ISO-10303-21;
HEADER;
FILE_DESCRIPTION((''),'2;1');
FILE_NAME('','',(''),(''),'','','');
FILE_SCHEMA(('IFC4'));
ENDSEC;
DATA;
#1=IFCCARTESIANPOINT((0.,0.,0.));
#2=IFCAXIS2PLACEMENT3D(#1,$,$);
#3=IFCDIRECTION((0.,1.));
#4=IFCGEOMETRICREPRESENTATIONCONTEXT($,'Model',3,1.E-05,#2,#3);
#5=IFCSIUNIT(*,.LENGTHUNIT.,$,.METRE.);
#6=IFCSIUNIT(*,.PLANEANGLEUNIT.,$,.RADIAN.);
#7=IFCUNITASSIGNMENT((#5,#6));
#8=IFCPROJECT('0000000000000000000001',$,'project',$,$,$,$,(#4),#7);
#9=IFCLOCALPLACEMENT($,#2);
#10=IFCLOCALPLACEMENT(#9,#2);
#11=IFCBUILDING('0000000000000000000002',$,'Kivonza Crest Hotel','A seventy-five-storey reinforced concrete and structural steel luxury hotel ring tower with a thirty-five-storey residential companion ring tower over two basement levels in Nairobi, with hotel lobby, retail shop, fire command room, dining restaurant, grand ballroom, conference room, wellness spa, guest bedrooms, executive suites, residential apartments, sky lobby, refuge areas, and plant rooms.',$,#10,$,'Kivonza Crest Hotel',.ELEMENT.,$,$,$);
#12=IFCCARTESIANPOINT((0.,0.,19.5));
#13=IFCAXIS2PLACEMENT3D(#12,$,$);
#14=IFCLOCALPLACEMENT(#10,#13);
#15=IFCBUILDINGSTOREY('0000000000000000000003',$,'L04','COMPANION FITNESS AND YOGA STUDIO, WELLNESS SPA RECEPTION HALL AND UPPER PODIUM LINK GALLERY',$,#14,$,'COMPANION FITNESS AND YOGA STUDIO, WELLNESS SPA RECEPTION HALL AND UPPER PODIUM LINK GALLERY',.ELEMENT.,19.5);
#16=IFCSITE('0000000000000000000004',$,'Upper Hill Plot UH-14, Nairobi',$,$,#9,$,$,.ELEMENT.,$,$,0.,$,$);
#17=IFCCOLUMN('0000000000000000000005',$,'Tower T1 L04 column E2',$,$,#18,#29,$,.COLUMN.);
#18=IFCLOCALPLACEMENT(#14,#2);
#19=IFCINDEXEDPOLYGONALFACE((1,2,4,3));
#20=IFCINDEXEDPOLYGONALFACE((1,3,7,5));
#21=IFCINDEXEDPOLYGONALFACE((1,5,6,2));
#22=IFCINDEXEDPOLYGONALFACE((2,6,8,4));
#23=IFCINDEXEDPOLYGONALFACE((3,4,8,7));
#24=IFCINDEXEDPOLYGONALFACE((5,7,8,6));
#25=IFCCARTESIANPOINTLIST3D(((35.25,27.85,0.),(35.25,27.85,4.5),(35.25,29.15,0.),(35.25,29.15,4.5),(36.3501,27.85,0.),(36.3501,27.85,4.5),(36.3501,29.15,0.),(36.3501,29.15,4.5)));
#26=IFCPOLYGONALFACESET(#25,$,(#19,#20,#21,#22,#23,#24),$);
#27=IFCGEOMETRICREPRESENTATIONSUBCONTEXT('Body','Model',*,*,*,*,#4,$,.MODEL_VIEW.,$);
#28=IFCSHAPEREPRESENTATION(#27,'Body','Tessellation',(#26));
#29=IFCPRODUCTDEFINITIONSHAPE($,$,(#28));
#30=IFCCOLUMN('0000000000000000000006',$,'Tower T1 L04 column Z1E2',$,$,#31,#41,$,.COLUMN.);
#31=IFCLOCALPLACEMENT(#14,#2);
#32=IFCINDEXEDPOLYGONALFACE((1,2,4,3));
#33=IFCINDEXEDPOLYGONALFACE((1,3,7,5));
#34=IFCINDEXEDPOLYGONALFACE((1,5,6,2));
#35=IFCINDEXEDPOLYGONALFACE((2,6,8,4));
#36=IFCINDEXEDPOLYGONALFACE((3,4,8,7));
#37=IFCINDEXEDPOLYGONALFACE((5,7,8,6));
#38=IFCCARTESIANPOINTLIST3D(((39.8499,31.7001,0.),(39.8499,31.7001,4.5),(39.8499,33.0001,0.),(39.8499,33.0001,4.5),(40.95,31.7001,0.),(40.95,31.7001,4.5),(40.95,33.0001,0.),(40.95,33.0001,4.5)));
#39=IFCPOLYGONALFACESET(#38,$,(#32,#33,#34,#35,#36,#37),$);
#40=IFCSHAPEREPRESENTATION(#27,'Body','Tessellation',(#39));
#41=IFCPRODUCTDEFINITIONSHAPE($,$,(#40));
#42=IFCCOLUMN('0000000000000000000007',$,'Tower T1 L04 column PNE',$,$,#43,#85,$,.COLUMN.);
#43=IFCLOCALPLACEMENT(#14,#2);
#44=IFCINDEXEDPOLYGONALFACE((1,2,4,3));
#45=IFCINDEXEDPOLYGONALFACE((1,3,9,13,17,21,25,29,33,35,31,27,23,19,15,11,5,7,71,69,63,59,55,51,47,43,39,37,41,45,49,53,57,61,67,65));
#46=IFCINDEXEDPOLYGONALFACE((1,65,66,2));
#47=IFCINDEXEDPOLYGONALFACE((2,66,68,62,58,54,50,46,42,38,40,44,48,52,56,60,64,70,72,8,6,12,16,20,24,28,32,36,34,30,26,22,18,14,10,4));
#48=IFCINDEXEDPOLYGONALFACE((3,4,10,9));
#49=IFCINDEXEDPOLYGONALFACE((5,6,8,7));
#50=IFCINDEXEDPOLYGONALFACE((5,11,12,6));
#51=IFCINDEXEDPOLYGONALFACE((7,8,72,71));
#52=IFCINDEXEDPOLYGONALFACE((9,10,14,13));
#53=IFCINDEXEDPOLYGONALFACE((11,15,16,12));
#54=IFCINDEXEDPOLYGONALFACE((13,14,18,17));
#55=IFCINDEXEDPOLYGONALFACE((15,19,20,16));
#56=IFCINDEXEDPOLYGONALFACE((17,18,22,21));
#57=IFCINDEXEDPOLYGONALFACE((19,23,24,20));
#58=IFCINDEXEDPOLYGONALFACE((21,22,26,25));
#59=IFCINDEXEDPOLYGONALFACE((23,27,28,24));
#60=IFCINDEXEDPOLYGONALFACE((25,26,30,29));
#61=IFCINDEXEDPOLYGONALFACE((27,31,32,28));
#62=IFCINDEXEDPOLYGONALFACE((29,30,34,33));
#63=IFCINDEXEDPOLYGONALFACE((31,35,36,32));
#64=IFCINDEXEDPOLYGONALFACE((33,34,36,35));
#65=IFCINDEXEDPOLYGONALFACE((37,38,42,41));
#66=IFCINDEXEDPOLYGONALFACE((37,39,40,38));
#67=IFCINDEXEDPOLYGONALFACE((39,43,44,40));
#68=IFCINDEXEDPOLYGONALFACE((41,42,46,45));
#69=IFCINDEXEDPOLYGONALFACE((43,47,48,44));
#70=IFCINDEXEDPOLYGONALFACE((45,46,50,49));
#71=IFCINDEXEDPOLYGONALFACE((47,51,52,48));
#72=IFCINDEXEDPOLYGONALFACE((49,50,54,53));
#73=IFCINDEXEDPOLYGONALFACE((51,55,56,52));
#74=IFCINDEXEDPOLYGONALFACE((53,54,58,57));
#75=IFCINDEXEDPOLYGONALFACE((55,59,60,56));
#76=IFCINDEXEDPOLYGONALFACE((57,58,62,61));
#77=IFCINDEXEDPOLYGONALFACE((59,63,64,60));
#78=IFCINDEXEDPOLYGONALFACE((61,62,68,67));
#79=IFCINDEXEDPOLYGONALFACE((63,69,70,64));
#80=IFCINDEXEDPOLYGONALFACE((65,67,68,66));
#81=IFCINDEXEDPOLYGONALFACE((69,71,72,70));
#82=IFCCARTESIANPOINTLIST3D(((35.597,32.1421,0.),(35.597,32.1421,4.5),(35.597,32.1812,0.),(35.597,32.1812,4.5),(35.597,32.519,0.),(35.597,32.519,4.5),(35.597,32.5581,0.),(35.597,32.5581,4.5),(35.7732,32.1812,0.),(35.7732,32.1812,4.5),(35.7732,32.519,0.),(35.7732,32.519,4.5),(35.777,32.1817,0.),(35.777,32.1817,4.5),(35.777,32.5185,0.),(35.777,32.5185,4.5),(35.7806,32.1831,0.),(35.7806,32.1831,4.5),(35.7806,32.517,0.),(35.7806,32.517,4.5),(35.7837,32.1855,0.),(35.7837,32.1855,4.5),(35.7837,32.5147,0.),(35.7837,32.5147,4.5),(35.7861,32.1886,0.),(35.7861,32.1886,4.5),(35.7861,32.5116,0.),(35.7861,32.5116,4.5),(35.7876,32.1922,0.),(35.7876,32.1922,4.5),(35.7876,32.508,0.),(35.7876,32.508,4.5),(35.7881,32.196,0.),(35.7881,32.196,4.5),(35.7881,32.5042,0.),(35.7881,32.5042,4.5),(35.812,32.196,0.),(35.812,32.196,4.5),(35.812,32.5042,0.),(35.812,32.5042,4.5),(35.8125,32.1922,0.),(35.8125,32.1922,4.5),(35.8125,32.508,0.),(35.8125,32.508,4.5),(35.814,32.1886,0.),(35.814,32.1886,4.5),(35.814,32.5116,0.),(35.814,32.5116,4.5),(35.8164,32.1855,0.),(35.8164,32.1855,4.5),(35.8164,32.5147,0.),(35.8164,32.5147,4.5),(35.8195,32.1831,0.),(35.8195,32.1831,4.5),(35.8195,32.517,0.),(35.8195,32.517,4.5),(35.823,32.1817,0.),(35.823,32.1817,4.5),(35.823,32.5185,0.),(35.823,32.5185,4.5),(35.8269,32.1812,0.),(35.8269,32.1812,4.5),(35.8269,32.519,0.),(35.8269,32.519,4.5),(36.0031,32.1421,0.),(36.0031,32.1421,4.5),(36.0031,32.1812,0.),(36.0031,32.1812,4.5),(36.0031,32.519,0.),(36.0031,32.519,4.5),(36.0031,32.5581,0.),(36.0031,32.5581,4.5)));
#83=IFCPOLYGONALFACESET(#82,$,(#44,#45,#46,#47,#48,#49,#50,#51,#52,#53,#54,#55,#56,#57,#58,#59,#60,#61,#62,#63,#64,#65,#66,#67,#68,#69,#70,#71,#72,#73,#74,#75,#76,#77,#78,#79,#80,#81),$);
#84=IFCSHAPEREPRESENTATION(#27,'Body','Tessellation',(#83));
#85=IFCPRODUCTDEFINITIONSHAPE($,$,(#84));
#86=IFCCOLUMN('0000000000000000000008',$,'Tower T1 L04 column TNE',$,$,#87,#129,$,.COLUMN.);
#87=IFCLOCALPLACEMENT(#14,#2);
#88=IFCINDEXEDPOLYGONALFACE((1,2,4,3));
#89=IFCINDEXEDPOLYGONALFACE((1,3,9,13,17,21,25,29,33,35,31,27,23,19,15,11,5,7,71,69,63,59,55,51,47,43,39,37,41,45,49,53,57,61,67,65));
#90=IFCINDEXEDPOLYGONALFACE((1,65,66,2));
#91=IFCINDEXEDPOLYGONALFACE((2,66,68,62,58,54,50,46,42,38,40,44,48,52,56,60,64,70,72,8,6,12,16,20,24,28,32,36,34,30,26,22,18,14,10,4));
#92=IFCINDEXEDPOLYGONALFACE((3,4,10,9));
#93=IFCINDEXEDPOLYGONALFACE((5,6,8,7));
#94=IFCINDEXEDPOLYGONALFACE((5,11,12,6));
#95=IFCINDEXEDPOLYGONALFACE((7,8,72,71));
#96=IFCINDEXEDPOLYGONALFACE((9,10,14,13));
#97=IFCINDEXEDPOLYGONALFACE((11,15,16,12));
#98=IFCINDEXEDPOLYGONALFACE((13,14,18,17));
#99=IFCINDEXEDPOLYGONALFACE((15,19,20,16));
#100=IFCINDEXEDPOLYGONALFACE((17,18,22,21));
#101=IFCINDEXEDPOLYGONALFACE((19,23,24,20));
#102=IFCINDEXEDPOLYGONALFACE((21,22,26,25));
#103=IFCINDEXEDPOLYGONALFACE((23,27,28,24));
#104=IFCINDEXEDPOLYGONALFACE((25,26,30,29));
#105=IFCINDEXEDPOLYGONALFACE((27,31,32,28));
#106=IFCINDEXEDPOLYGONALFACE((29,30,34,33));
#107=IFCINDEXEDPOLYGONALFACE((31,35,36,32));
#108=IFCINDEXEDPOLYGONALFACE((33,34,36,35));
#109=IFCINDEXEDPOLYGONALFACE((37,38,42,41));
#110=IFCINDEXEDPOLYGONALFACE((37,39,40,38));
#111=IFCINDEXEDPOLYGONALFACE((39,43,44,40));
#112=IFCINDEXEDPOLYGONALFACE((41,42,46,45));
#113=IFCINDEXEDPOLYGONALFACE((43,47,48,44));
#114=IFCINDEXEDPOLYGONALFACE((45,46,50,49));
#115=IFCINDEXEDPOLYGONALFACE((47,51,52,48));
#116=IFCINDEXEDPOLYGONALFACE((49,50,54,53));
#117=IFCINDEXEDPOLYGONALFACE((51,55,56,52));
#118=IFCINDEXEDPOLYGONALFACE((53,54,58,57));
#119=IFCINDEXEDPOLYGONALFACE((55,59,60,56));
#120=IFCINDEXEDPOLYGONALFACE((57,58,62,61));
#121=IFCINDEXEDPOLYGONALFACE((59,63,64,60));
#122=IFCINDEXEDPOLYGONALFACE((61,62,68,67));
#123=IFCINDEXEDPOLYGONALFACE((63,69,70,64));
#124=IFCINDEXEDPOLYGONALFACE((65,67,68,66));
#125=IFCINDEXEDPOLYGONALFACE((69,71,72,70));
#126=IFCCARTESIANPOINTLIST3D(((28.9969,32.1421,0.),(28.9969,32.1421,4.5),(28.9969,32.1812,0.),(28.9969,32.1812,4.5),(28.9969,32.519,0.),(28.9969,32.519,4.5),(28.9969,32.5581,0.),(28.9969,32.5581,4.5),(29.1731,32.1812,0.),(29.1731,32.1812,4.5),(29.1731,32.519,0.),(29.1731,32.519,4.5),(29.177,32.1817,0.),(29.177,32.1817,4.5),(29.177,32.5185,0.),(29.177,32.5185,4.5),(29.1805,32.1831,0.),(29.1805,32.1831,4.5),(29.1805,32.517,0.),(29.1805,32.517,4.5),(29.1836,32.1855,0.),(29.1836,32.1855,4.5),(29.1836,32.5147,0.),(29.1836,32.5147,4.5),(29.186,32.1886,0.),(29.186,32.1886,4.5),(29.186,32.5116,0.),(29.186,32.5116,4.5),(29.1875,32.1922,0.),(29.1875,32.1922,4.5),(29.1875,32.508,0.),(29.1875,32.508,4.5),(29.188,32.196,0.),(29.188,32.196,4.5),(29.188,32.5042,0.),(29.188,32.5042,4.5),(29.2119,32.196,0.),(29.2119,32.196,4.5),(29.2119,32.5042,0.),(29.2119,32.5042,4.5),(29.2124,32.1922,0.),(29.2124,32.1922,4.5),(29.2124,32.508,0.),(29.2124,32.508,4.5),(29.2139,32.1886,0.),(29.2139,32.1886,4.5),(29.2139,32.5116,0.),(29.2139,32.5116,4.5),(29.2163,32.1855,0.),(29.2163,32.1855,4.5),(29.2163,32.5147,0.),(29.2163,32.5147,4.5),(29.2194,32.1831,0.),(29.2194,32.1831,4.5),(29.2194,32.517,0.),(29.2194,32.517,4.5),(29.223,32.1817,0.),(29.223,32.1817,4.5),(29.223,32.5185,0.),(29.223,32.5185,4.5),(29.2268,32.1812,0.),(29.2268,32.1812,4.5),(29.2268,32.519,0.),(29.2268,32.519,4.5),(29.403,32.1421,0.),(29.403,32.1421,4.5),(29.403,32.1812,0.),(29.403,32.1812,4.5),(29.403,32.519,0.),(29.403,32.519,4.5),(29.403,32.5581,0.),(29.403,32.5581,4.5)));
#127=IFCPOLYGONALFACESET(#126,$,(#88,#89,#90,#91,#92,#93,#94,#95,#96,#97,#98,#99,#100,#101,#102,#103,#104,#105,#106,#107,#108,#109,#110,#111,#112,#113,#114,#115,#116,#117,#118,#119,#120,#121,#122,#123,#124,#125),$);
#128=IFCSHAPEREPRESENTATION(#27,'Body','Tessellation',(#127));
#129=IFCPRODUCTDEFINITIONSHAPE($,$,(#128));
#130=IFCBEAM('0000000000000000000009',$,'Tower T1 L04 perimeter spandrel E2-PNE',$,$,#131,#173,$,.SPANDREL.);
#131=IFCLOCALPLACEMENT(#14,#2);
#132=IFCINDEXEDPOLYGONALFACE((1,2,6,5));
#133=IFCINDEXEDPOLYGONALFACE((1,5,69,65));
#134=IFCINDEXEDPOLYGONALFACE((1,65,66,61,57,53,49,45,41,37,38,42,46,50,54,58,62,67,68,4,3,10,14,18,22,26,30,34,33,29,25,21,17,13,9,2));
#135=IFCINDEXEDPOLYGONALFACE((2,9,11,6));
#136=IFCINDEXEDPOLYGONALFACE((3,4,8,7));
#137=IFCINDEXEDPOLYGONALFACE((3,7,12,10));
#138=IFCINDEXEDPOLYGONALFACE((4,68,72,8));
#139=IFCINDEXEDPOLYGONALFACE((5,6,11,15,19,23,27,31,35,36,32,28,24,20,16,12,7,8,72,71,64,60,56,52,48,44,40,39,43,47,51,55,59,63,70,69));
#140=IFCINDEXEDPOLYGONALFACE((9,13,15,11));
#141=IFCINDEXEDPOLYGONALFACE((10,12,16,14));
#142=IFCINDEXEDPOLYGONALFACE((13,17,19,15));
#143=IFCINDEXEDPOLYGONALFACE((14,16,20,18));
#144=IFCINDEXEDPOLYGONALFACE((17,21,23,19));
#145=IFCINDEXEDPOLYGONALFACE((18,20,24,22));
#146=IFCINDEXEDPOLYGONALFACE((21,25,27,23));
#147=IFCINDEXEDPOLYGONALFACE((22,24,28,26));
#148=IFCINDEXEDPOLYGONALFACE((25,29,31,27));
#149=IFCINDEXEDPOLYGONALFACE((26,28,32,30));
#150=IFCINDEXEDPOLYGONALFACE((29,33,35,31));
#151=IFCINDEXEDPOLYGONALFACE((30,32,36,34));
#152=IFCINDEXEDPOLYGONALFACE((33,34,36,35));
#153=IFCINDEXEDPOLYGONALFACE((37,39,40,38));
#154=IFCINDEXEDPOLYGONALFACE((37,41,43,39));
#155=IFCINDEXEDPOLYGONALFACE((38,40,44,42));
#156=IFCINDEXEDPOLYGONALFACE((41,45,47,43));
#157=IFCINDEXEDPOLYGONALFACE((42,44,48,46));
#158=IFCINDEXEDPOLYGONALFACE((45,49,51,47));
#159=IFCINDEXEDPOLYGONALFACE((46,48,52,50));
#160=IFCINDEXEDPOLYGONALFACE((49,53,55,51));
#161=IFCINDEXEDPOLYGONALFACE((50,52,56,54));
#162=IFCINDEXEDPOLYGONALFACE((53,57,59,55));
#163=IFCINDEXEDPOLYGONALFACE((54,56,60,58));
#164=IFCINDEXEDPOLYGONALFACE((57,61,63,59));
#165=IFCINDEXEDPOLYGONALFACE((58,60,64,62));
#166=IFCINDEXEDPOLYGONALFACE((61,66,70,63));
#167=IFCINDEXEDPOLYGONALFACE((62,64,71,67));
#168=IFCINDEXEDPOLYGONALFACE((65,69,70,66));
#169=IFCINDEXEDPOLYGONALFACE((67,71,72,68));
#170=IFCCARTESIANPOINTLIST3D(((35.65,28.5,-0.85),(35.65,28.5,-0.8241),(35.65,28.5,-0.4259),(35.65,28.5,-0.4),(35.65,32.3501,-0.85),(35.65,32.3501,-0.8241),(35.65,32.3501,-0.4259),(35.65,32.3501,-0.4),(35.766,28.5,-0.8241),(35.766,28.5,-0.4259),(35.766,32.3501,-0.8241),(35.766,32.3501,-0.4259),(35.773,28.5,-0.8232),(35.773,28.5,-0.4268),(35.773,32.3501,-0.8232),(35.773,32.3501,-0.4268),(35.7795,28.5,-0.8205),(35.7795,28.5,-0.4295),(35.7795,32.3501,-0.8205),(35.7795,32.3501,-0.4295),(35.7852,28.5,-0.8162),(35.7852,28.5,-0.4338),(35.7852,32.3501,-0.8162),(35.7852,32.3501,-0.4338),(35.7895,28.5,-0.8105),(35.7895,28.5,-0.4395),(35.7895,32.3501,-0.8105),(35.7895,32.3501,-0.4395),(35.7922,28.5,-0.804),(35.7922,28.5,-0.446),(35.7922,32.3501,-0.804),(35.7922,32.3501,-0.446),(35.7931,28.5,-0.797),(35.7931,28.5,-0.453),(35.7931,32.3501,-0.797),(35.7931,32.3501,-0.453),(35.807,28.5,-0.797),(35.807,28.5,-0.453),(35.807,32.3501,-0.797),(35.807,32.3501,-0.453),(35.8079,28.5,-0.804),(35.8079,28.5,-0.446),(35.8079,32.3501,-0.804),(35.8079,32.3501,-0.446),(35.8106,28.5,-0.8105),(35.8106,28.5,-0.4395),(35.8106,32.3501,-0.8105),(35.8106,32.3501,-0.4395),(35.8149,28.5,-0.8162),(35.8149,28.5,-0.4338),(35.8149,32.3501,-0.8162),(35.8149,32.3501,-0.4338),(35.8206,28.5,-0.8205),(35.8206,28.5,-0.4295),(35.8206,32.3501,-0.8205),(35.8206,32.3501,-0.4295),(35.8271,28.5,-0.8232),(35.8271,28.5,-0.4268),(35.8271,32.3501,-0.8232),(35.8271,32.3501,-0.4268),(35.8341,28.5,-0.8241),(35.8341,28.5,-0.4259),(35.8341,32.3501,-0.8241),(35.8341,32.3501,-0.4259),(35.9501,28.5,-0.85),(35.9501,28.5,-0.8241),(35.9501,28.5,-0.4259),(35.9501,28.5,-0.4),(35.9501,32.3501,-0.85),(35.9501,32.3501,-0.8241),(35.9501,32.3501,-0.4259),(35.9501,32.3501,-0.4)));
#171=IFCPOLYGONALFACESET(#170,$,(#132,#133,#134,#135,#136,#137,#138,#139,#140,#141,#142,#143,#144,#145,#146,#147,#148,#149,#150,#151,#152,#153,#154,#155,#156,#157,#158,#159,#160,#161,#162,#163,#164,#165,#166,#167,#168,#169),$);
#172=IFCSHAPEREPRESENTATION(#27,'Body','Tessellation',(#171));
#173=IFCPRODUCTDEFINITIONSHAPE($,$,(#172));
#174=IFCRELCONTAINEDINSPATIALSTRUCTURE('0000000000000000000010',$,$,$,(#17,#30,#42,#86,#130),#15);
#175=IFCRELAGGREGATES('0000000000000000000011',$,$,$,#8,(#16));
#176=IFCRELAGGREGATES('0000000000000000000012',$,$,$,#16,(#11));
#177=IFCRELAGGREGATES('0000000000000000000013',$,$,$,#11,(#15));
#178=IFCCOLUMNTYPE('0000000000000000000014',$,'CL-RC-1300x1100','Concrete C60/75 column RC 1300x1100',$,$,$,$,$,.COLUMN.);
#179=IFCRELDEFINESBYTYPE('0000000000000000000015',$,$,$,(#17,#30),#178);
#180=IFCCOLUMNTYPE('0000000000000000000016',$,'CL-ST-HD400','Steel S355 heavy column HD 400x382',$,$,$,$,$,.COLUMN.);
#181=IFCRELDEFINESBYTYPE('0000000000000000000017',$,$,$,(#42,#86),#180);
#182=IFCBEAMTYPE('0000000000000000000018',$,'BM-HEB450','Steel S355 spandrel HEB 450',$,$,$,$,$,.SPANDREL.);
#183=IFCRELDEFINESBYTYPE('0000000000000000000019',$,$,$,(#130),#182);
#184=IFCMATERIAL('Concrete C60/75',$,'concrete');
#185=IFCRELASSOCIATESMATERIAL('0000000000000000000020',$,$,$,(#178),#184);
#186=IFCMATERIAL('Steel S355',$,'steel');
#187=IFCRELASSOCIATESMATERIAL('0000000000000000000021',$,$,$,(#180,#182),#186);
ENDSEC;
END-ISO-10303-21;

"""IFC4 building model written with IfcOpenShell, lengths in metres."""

from ifc_helpers import new_model, si_unit, direction, frame, origin, origin_2d, place, context, subcontext, project, spatial, rectangle, i_section, extrude, material, material_profile, profile_set, type_object, element, save


model = new_model("IFC4")

# Units and contexts
model_context = context("Model", 3, precision=1e-05, world=origin(), true_north=direction((0.0, 1.0)))
body_context = subcontext(model_context, "Body", "Model", "MODEL_VIEW")
ifc_project = project(units=[si_unit("LENGTHUNIT", "METRE"), si_unit("PLANEANGLEUNIT", "RADIAN")], contexts=[model_context])

# Site, building, storey
site_placement = place(None, origin())
site = spatial("IfcSite", under=ifc_project, at=site_placement, Name="Upper Hill Plot UH-14, Nairobi", CompositionType="ELEMENT", RefElevation=0.0)
building_placement = place(site_placement, origin())
building = spatial("IfcBuilding", under=site, at=building_placement, Name="Kivonza Crest Hotel", Description="A seventy-five-storey reinforced concrete and structural steel luxury hotel ring tower with a thirty-five-storey residential companion ring tower over two basement levels in Nairobi, with hotel lobby, retail shop, fire command room, dining restaurant, grand ballroom, conference room, wellness spa, guest bedrooms, executive suites, residential apartments, sky lobby, refuge areas, and plant rooms.", LongName="Kivonza Crest Hotel", CompositionType="ELEMENT")
storey_placement = place(building_placement, frame((0.0, 0.0, 19.5)))
storey = spatial("IfcBuildingStorey", under=building, at=storey_placement, Name="L04", Description="COMPANION FITNESS AND YOGA STUDIO, WELLNESS SPA RECEPTION HALL AND UPPER PODIUM LINK GALLERY", LongName="COMPANION FITNESS AND YOGA STUDIO, WELLNESS SPA RECEPTION HALL AND UPPER PODIUM LINK GALLERY", CompositionType="ELEMENT", Elevation=19.5)

# Columns
ifc_material_1 = material(Name="Concrete C60/75", Category="concrete")
ifc_material_profile_1 = material_profile(ifc_material_1, rectangle(XDim=1.1001, YDim=1.3, at=origin_2d()), Name="RC 1300x1100")
ifc_profile_set_1 = profile_set([ifc_material_profile_1], Name="Concrete C60/75")
column_type_1 = type_object("IfcColumnType", Name="CL-RC-1300x1100", Description="Concrete C60/75 column RC 1300x1100", PredefinedType="COLUMN", material=ifc_profile_set_1)
for number, where, z_axis, x_axis, name in (
    (1, (35.8, 28.5, 0.0), (0.0, 0.0, 1.0), (1.0, 0.0, 0.0), "Tower T1 L04 column E2"),
    (2, (40.3999, 32.3501, 0.0), (0.0, 0.0, 1.0), (1.0, 0.0, 0.0), "Tower T1 L04 column Z1E2"),
):
    element("IfcColumn", number, at=place(storey_placement, frame(where, z_axis=z_axis, x_axis=x_axis)), inside=storey, type_object=column_type_1, Name=name, PredefinedType="COLUMN", context=body_context, shape_type="SweptSolid", body=[
        extrude(rectangle(XDim=1.1001, YDim=1.3, at=origin_2d()), origin(), (0.0, 0.0, 1.0), 4.5),
    ])
ifc_material_2 = material(Name="Steel S355", Category="steel")
ifc_material_profile_2 = material_profile(ifc_material_2, i_section(OverallWidth=0.406, OverallDepth=0.416, WebThickness=0.0239, FlangeThickness=0.0391, FilletRadius=0.0149, at=origin_2d()), Name="HD 400x382")
ifc_profile_set_2 = profile_set([ifc_material_profile_2], Name="Steel S355")
column_type_2 = type_object("IfcColumnType", Name="CL-ST-HD400", Description="Steel S355 heavy column HD 400x382", PredefinedType="COLUMN", material=ifc_profile_set_2)
for number, where, z_axis, x_axis, name in (
    (3, (35.8, 32.3501, 0.0), (0.0, 0.0, 1.0), (1.0, 0.0, 0.0), "Tower T1 L04 column PNE"),
    (4, (29.2, 32.3501, 0.0), (0.0, 0.0, 1.0), (1.0, 0.0, 0.0), "Tower T1 L04 column TNE"),
):
    element("IfcColumn", number, at=place(storey_placement, frame(where, z_axis=z_axis, x_axis=x_axis)), inside=storey, type_object=column_type_2, Name=name, PredefinedType="COLUMN", context=body_context, shape_type="SweptSolid", body=[
        extrude(i_section(OverallWidth=0.406, OverallDepth=0.416, WebThickness=0.0239, FlangeThickness=0.0391, FilletRadius=0.0149, at=origin_2d()), origin(), (0.0, 0.0, 1.0), 4.5),
    ])

# Beam
ifc_material_profile_3 = material_profile(ifc_material_2, i_section(OverallWidth=0.3, OverallDepth=0.45, WebThickness=0.0139, FlangeThickness=0.0259, FilletRadius=0.0271, at=origin_2d()), Name="HEB 450")
ifc_profile_set_3 = profile_set([ifc_material_profile_3], Name="Steel S355")
beam_type_1 = type_object("IfcBeamType", Name="BM-HEB450", Description="Steel S355 spandrel HEB 450", PredefinedType="SPANDREL", material=ifc_profile_set_3)
beam_1_placement = place(storey_placement, frame((35.8, 28.5, -0.625), z_axis=(0.0, 1.0, 0.0), x_axis=(-1.0, 0.0, 0.0)))
element("IfcBeam", 5, at=beam_1_placement, inside=storey, type_object=beam_type_1, Name="Tower T1 L04 perimeter spandrel E2-PNE", PredefinedType="SPANDREL", context=body_context, shape_type="SweptSolid", body=[
    extrude(i_section(OverallWidth=0.3, OverallDepth=0.45, WebThickness=0.0139, FlangeThickness=0.0259, FilletRadius=0.0271, at=origin_2d()), origin(), (0.0, 0.0, 1.0), 3.8501),
])

save(model, "model.ifc")
